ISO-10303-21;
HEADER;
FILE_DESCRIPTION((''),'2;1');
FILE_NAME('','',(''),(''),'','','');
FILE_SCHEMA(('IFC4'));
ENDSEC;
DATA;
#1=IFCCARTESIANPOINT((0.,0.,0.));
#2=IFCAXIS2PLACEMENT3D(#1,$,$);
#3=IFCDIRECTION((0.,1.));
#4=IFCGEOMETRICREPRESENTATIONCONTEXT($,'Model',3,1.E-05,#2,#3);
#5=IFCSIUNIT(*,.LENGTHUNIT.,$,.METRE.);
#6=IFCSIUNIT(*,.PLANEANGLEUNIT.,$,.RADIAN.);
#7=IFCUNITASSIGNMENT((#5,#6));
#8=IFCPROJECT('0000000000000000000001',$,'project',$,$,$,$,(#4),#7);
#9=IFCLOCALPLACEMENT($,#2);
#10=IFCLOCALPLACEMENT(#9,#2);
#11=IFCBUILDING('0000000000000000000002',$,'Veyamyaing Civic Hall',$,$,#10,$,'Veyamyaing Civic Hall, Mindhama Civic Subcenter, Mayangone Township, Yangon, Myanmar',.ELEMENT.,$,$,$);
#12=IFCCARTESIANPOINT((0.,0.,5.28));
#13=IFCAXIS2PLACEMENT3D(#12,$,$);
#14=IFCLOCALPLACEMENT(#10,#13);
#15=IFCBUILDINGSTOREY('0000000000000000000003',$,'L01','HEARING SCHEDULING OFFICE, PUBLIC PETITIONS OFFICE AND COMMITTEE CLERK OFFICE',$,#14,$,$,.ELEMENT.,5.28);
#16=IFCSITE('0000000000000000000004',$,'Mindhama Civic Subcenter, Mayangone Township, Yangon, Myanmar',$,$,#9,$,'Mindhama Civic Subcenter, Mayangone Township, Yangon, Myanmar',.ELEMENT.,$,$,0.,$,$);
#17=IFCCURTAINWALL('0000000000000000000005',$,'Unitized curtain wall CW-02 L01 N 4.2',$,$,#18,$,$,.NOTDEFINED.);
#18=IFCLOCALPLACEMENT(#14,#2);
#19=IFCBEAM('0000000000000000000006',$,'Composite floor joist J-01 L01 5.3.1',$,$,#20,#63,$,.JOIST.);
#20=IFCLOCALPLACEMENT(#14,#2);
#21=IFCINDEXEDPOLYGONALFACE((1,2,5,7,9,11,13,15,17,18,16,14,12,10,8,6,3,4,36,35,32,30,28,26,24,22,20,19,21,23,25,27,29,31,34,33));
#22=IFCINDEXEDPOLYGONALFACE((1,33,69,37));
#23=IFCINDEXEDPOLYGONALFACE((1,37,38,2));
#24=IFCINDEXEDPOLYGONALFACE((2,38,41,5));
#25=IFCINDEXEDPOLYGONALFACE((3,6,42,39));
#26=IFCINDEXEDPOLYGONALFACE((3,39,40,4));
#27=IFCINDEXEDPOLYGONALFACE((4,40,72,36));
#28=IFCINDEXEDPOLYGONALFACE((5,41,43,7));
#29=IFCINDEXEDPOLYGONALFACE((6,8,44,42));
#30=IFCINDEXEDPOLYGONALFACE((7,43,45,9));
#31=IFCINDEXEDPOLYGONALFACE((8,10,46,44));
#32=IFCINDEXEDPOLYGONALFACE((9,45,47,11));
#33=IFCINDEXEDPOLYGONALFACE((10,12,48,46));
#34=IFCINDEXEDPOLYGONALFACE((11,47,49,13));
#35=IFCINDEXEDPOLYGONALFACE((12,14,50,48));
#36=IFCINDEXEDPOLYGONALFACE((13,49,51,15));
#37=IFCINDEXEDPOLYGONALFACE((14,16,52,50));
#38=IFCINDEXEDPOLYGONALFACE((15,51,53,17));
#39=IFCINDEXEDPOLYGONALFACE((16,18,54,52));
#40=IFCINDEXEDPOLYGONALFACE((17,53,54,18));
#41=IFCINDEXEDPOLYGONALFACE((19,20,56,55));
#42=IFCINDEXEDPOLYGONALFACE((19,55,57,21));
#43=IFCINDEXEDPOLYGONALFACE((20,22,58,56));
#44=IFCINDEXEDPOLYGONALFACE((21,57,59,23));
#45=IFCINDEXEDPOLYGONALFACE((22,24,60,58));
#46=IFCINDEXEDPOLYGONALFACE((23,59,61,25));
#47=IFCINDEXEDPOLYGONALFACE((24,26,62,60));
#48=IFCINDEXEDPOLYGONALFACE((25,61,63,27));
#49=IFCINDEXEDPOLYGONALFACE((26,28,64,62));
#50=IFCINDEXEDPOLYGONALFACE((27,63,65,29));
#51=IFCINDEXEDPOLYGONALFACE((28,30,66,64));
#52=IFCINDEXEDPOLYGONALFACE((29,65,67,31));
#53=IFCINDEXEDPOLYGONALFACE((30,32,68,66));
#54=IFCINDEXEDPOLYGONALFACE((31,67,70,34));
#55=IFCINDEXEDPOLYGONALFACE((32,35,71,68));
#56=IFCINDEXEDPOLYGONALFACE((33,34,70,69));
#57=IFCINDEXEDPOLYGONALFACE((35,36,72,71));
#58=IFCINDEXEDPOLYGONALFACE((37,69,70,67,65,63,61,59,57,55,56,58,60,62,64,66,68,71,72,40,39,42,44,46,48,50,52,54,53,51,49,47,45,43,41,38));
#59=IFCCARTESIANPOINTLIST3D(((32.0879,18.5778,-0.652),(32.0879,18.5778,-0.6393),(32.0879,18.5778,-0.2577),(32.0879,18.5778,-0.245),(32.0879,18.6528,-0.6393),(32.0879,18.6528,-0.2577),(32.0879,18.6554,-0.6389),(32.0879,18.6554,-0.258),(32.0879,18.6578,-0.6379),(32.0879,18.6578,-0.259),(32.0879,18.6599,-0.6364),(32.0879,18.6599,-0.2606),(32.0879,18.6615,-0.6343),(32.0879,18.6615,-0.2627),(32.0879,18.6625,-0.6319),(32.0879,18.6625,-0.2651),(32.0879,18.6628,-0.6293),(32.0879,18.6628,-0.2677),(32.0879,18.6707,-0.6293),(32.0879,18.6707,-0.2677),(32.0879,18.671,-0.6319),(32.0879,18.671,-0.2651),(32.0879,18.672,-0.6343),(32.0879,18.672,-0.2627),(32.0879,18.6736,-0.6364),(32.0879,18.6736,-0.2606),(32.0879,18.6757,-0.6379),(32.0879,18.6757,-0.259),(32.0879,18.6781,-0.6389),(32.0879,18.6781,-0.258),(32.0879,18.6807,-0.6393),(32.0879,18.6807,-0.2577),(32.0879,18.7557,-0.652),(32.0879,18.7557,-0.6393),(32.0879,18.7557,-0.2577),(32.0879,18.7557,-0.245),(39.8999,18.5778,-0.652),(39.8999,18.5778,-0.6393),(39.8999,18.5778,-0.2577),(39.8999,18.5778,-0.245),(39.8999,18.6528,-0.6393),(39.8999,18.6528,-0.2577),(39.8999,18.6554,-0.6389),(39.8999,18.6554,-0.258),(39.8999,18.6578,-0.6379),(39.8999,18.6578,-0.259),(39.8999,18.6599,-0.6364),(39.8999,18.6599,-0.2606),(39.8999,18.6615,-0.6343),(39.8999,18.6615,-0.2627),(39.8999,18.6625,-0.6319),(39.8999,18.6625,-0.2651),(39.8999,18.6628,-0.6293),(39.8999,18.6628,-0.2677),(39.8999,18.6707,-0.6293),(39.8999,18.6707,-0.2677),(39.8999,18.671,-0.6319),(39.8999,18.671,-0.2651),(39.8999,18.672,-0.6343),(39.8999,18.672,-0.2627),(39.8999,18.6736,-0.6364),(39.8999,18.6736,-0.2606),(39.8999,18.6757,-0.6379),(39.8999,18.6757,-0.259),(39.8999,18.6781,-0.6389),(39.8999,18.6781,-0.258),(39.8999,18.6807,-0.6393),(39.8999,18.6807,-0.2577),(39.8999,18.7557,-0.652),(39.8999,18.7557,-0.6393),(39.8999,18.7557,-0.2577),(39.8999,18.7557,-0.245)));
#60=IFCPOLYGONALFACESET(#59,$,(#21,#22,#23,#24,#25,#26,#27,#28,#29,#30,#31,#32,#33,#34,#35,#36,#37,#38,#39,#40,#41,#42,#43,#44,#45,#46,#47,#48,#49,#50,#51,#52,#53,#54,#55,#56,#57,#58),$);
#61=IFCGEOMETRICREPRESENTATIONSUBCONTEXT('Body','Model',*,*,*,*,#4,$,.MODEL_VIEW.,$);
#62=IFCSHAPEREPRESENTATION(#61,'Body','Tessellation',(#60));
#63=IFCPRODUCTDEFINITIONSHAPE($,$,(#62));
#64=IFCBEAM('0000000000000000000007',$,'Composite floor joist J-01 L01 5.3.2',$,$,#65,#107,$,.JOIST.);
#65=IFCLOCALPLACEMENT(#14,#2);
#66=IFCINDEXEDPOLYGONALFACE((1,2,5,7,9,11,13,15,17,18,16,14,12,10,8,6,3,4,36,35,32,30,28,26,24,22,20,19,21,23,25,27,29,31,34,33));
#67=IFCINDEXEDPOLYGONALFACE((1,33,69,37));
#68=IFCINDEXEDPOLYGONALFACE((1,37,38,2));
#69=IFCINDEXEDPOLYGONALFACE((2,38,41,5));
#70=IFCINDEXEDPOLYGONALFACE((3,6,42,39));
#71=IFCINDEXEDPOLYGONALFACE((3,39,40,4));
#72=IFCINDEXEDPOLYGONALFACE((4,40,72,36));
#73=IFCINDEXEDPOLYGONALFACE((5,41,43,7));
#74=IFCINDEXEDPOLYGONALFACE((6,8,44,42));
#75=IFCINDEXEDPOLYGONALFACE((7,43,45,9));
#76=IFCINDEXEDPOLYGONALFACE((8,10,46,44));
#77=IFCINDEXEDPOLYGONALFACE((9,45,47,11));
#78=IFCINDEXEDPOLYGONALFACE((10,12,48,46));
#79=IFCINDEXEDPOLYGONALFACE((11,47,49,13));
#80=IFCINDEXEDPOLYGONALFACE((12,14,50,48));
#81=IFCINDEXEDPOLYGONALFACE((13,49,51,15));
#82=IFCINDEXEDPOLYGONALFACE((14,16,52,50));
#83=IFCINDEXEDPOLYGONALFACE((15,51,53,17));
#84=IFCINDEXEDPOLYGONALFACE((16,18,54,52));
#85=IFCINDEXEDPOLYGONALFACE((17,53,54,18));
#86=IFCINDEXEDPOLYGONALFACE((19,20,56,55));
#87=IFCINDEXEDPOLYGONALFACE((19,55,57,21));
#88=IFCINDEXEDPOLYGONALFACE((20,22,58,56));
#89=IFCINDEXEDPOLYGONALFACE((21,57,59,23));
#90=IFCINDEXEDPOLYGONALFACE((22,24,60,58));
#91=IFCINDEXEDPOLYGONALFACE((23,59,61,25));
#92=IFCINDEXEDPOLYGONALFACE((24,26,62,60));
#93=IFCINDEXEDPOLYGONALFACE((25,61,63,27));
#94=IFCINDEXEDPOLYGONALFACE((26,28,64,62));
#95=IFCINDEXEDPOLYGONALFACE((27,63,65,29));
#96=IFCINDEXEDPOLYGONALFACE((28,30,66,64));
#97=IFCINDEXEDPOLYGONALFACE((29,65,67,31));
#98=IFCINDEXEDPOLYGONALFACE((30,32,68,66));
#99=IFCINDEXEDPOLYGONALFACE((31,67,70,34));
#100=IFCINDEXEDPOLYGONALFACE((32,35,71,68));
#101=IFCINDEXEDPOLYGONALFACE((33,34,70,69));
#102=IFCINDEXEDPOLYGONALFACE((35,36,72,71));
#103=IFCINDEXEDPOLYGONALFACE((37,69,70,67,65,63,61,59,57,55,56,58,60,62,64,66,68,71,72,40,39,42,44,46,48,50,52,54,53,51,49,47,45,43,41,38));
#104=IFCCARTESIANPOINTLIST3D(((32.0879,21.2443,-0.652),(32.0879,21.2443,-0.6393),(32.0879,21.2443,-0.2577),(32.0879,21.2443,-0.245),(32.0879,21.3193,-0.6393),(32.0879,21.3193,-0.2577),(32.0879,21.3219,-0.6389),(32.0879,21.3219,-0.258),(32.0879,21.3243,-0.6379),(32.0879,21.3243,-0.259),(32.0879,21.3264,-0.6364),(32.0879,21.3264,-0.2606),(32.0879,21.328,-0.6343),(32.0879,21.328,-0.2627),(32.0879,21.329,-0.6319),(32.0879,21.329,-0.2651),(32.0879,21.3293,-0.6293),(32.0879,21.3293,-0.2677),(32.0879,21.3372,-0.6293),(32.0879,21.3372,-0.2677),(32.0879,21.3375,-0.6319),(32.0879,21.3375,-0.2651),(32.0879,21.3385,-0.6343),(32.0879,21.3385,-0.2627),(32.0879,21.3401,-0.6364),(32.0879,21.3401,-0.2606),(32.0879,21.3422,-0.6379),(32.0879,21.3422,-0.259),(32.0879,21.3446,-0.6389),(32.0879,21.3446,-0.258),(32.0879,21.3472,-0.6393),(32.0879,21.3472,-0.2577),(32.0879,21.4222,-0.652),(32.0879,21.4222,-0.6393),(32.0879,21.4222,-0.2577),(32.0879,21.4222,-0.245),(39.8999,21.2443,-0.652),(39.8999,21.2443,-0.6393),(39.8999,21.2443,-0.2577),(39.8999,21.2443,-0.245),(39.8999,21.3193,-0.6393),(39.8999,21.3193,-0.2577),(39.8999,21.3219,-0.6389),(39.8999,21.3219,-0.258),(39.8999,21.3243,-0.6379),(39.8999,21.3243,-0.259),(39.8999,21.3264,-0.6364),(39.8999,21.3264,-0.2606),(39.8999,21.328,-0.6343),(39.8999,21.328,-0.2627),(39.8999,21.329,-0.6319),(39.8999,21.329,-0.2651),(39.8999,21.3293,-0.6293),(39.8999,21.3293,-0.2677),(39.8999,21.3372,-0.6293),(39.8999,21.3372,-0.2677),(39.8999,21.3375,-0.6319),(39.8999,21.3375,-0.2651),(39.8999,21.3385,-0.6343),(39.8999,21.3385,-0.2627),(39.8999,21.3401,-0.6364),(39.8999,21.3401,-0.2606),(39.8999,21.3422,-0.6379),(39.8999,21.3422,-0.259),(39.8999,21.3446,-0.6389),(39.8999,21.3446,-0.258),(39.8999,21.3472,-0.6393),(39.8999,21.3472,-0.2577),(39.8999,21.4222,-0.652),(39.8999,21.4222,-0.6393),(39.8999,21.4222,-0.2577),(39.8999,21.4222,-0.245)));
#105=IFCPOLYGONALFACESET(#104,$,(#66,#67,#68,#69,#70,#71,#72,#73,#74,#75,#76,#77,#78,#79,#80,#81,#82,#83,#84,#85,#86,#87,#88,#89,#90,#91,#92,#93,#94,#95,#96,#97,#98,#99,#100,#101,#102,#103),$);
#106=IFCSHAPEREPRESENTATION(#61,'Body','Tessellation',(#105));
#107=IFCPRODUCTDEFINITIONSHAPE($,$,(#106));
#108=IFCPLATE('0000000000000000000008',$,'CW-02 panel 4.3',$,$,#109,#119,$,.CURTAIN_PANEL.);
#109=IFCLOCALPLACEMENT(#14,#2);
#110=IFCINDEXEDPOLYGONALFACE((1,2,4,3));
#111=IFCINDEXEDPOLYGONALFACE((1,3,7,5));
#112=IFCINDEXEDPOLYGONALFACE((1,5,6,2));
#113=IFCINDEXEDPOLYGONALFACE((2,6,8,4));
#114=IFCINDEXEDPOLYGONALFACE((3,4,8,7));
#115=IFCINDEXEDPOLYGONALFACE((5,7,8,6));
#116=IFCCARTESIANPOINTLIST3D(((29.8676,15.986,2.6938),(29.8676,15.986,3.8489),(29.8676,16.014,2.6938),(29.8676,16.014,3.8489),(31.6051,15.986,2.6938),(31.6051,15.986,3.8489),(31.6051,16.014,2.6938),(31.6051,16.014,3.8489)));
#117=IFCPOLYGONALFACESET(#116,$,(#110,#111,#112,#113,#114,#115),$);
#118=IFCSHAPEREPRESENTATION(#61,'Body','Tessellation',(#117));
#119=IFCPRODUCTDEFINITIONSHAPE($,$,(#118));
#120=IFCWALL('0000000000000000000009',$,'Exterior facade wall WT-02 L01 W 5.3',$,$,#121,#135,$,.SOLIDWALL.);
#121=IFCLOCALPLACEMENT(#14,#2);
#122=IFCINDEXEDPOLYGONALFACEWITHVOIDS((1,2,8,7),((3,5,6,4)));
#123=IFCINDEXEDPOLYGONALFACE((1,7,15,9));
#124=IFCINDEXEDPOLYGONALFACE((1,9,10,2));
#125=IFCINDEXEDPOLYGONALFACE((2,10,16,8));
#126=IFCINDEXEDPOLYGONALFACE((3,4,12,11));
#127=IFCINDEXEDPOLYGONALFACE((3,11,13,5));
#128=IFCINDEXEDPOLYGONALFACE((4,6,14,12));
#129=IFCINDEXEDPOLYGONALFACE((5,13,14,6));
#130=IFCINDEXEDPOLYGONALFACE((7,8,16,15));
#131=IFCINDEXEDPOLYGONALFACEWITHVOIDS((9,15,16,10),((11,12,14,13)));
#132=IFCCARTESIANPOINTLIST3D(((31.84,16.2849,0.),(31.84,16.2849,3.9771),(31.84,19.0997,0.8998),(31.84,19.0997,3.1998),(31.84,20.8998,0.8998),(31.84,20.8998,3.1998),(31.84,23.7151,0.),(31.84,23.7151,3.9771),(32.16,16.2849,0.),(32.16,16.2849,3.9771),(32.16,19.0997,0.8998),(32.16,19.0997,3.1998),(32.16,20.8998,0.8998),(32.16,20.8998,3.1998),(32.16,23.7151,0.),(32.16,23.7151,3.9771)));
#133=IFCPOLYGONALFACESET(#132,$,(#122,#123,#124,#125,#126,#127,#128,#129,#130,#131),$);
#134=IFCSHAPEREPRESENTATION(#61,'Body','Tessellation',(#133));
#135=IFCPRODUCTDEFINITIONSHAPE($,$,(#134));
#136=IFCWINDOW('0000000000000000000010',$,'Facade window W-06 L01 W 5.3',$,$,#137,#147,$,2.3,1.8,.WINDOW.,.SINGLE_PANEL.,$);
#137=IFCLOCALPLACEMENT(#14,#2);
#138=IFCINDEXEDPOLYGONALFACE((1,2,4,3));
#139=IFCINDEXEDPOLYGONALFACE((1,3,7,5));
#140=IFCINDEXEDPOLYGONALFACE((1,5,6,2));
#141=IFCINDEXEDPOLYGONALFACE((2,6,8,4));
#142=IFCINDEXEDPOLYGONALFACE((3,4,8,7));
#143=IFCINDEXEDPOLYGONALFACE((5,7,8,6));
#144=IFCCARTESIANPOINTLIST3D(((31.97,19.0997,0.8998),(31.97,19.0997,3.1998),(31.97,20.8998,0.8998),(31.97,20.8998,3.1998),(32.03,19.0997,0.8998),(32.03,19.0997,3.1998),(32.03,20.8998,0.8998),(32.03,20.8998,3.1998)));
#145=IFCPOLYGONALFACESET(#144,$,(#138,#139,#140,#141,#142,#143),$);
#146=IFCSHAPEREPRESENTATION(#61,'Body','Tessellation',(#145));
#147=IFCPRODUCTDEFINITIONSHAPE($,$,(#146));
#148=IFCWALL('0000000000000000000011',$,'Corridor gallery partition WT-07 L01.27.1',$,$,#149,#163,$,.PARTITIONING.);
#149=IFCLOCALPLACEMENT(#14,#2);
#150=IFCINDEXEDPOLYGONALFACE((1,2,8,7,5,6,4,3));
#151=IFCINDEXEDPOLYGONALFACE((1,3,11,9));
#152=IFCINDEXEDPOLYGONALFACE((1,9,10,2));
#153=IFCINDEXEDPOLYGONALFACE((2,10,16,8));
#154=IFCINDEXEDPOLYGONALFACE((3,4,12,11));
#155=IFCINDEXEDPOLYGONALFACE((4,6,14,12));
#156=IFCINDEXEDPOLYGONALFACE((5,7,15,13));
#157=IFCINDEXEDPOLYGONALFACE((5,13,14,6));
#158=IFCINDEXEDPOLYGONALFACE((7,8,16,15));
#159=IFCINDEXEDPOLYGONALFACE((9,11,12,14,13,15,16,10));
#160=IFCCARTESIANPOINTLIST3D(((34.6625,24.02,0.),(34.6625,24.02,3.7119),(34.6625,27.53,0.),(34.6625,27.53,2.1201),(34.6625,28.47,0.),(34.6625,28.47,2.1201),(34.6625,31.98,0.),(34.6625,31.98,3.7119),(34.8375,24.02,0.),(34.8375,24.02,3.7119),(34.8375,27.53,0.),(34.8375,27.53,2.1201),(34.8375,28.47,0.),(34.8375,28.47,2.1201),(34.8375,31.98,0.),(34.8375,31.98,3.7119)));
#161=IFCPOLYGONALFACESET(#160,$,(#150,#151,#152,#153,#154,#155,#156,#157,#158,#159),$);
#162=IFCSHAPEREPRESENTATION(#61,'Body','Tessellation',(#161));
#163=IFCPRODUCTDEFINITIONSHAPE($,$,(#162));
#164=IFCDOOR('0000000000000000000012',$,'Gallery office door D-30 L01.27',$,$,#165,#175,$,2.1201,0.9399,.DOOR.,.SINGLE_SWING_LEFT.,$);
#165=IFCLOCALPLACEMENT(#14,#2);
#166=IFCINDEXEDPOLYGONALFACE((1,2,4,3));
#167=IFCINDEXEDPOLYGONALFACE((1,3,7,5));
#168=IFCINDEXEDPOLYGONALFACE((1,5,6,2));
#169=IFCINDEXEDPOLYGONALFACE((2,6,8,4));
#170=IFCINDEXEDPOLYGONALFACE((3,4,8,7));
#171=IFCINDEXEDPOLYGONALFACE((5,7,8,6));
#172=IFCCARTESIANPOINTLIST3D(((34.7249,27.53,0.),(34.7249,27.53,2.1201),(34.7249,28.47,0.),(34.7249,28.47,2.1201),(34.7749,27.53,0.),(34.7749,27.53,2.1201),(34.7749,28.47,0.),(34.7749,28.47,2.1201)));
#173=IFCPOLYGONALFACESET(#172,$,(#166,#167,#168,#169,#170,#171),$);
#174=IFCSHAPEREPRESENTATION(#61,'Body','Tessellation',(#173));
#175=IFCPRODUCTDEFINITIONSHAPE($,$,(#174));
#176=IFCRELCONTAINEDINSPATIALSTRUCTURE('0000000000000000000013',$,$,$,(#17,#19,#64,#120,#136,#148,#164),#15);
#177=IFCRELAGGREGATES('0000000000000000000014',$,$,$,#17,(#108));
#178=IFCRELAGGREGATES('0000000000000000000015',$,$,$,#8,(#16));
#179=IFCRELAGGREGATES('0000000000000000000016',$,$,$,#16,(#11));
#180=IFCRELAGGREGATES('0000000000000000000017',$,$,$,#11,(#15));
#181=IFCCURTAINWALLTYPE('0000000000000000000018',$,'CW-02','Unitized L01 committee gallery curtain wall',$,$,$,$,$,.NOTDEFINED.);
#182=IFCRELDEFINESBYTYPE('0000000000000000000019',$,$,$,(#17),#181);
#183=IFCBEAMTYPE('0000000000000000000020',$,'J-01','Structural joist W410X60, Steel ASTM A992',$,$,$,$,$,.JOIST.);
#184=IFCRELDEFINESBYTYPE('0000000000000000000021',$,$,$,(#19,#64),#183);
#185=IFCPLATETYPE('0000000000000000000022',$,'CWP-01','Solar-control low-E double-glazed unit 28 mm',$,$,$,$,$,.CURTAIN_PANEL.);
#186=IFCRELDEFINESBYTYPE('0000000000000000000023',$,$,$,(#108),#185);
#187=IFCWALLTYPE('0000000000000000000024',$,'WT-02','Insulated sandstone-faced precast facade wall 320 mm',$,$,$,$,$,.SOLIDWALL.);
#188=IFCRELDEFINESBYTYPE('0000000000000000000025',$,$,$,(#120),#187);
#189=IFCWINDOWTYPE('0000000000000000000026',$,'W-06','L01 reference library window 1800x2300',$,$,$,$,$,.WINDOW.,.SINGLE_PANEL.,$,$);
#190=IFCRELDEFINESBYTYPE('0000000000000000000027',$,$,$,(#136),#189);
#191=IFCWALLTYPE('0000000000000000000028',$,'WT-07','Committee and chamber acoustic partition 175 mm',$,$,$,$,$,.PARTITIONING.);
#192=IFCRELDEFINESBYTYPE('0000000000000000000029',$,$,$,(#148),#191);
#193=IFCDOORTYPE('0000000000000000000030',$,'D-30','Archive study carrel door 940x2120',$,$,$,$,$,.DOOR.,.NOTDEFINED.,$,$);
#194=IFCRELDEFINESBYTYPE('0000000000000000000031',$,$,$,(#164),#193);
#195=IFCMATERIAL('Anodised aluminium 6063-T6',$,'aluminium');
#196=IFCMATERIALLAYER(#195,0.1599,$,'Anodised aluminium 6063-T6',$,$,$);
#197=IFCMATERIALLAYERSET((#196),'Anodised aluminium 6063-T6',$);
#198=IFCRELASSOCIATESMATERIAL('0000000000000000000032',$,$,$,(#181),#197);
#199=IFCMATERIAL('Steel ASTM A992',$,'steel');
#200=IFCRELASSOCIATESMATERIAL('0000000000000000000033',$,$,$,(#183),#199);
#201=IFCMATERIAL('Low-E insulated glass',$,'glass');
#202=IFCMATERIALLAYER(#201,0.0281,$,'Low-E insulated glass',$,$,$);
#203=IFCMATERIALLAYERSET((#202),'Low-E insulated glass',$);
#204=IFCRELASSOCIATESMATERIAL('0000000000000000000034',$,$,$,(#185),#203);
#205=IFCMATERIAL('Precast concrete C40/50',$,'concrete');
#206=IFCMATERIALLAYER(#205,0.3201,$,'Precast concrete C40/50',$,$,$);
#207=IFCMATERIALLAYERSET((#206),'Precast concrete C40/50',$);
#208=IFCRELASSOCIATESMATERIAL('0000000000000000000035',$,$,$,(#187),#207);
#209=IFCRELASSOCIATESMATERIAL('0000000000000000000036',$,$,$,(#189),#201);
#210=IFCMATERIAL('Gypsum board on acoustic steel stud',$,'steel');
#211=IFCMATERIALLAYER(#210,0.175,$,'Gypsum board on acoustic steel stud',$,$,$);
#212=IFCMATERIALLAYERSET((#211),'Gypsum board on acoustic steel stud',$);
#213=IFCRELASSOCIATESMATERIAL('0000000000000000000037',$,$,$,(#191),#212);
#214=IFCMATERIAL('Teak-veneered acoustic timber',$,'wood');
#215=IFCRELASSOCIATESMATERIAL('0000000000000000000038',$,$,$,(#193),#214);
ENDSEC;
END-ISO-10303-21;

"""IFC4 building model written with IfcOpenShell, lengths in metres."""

from ifc_helpers import new_model, si_unit, direction, frame, frame_2d, origin, origin_2d, place, context, subcontext, project, spatial, rectangle, i_section, extrude, material, layer, layer_set, material_profile, profile_set, type_object, element, fill, aggregate, save


model = new_model("IFC4")

# Units and contexts
model_context = context("Model", 3, precision=1e-05, world=origin(), true_north=direction((0.0, 1.0)))
body_context = subcontext(model_context, "Body", "Model", "MODEL_VIEW")
ifc_project = project(units=[si_unit("LENGTHUNIT", "METRE"), si_unit("PLANEANGLEUNIT", "RADIAN")], contexts=[model_context])

# Site, building, storey
site_placement = place(None, origin())
site = spatial("IfcSite", under=ifc_project, at=site_placement, Name="Mindhama Civic Subcenter, Mayangone Township, Yangon, Myanmar", LongName="Mindhama Civic Subcenter, Mayangone Township, Yangon, Myanmar", CompositionType="ELEMENT", RefElevation=0.0)
building_placement = place(site_placement, origin())
building = spatial("IfcBuilding", under=site, at=building_placement, Name="Veyamyaing Civic Hall", LongName="Veyamyaing Civic Hall, Mindhama Civic Subcenter, Mayangone Township, Yangon, Myanmar", CompositionType="ELEMENT")
storey_placement = place(building_placement, frame((0.0, 0.0, 5.28)))
storey = spatial("IfcBuildingStorey", under=building, at=storey_placement, Name="L01", Description="HEARING SCHEDULING OFFICE, PUBLIC PETITIONS OFFICE AND COMMITTEE CLERK OFFICE", CompositionType="ELEMENT", Elevation=5.28)

# Shared definitions
ifc_material_1 = material(Name="Steel ASTM A992", Category="steel")

# Curtain wall
ifc_material_2 = material(Name="Anodised aluminium 6063-T6", Category="aluminium")
ifc_layer_1 = layer(ifc_material_2, 0.1599, Name="Anodised aluminium 6063-T6")
ifc_layer_set_1 = layer_set([ifc_layer_1], Name="Anodised aluminium 6063-T6")
curtain_wall_type = type_object("IfcCurtainWallType", Name="CW-02", Description="Unitized L01 committee gallery curtain wall", PredefinedType="NOTDEFINED", material=ifc_layer_set_1)
curtain_wall_placement = place(storey_placement, origin())
curtain_wall = element("IfcCurtainWall", 1, at=curtain_wall_placement, inside=storey, type_object=curtain_wall_type, Name="Unitized curtain wall CW-02 L01 N 4.2", PredefinedType="NOTDEFINED")

# Beams
ifc_material_profile_1 = material_profile(ifc_material_1, i_section(OverallWidth=0.178, OverallDepth=0.407, WebThickness=0.0078, FlangeThickness=0.0127, FilletRadius=0.01, at=origin_2d()), Name="W410X60")
ifc_profile_set_1 = profile_set([ifc_material_profile_1], Name="Steel ASTM A992")
beam_type_1 = type_object("IfcBeamType", Name="J-01", Description="Structural joist W410X60, Steel ASTM A992", PredefinedType="JOIST", material=ifc_profile_set_1)
for number, where, z_axis, x_axis, name in (
    (2, (32.0879, 18.6667, -0.4485), (1.0, 0.0, 0.0), (0.0, 1.0, 0.0), "Composite floor joist J-01 L01 5.3.1"),
    (3, (32.0879, 21.3333, -0.4485), (1.0, 0.0, 0.0), (0.0, 1.0, 0.0), "Composite floor joist J-01 L01 5.3.2"),
):
    element("IfcBeam", number, at=place(storey_placement, frame(where, z_axis=z_axis, x_axis=x_axis)), inside=storey, type_object=beam_type_1, Name=name, PredefinedType="JOIST", context=body_context, shape_type="SweptSolid", body=[
        extrude(i_section(OverallWidth=0.178, OverallDepth=0.407, WebThickness=0.0078, FlangeThickness=0.0127, FilletRadius=0.01, at=origin_2d()), origin(), (0.0, 0.0, 1.0), 7.812),
    ])

# Plate
ifc_material_3 = material(Name="Low-E insulated glass", Category="glass")
ifc_layer_2 = layer(ifc_material_3, 0.0281, Name="Low-E insulated glass")
ifc_layer_set_2 = layer_set([ifc_layer_2], Name="Low-E insulated glass")
plate_type = type_object("IfcPlateType", Name="CWP-01", Description="Solar-control low-E double-glazed unit 28 mm", PredefinedType="CURTAIN_PANEL", material=ifc_layer_set_2)
plate_placement = place(storey_placement, frame((30.7363, 16.0, 2.6938), z_axis=(0.0, 0.0, 1.0), x_axis=(1.0, 0.0, 0.0)))
plate = element("IfcPlate", 4, at=plate_placement, type_object=plate_type, Name="CW-02 panel 4.3", PredefinedType="CURTAIN_PANEL", context=body_context, shape_type="SweptSolid", body=[
    extrude(rectangle(XDim=1.7375, YDim=0.0281, at=origin_2d()), origin(), (0.0, 0.0, 1.0), 1.155),
])
aggregate(curtain_wall, [plate])

# Wall, opening, window
ifc_material_4 = material(Name="Precast concrete C40/50", Category="concrete")
ifc_layer_3 = layer(ifc_material_4, 0.3201, Name="Precast concrete C40/50")
ifc_layer_set_3 = layer_set([ifc_layer_3], Name="Precast concrete C40/50")
wall_type_1 = type_object("IfcWallType", Name="WT-02", Description="Insulated sandstone-faced precast facade wall 320 mm", PredefinedType="SOLIDWALL", material=ifc_layer_set_3)
wall_1_placement = place(storey_placement, frame((32.0, 16.2849, 0.0), z_axis=(0.0, 0.0, 1.0), x_axis=(0.0, 1.0, 0.0)))
wall_1 = element("IfcWall", 5, at=wall_1_placement, inside=storey, type_object=wall_type_1, Name="Exterior facade wall WT-02 L01 W 5.3", PredefinedType="SOLIDWALL", context=body_context, shape_type="SweptSolid", body=[
    extrude(rectangle(XDim=7.4302, YDim=0.3201, at=frame_2d((3.7151, 0.0))), origin(), (0.0, 0.0, 1.0), 3.9771),
])
opening_1_placement = place(wall_1_placement, frame((2.8149, 0.0, 0.8999)))
opening_1 = element("IfcOpeningElement", 6, at=opening_1_placement, cuts=wall_1, PredefinedType="OPENING", context=body_context, shape_type="SweptSolid", body=[
    extrude(rectangle(XDim=1.8, YDim=2.3, at=frame_2d((0.8999, 1.1499))), frame((0.0, 0.1699, 0.0), z_axis=(0.0, -1.0, 0.0), x_axis=(1.0, 0.0, 0.0)), (0.0, 0.0, 1.0), 0.3401),
])
window_type = type_object("IfcWindowType", Name="W-06", Description="L01 reference library window 1800x2300", PartitioningType="SINGLE_PANEL", PredefinedType="WINDOW", material=ifc_material_3)
window_placement = place(opening_1_placement, origin())
window = element("IfcWindow", 7, at=window_placement, inside=storey, type_object=window_type, Name="Facade window W-06 L01 W 5.3", OverallHeight=2.3, OverallWidth=1.8, PartitioningType="SINGLE_PANEL", PredefinedType="WINDOW", context=body_context, shape_type="SweptSolid", body=[
    extrude(rectangle(XDim=1.8, YDim=2.3, at=frame_2d((0.8999, 1.1499))), frame((0.0, 0.03, 0.0), z_axis=(0.0, -1.0, 0.0), x_axis=(1.0, 0.0, 0.0)), (0.0, 0.0, 1.0), 0.0601),
])
fill(opening_1, window)

# Wall, opening, door
ifc_material_5 = material(Name="Gypsum board on acoustic steel stud", Category="steel")
ifc_layer_4 = layer(ifc_material_5, 0.175, Name="Gypsum board on acoustic steel stud")
ifc_layer_set_4 = layer_set([ifc_layer_4], Name="Gypsum board on acoustic steel stud")
wall_type_2 = type_object("IfcWallType", Name="WT-07", Description="Committee and chamber acoustic partition 175 mm", PredefinedType="PARTITIONING", material=ifc_layer_set_4)
wall_2_placement = place(storey_placement, frame((34.75, 24.02, 0.0), z_axis=(0.0, 0.0, 1.0), x_axis=(0.0, 1.0, 0.0)))
wall_2 = element("IfcWall", 8, at=wall_2_placement, inside=storey, type_object=wall_type_2, Name="Corridor gallery partition WT-07 L01.27.1", PredefinedType="PARTITIONING", context=body_context, shape_type="SweptSolid", body=[
    extrude(rectangle(XDim=7.96, YDim=0.175, at=frame_2d((3.98, 0.0))), origin(), (0.0, 0.0, 1.0), 3.7119),
])
opening_2_placement = place(wall_2_placement, frame((3.51, 0.0, 0.0)))
opening_2 = element("IfcOpeningElement", 9, at=opening_2_placement, cuts=wall_2, PredefinedType="OPENING", context=body_context, shape_type="SweptSolid", body=[
    extrude(rectangle(XDim=0.9399, YDim=2.1201, at=frame_2d((0.47, 1.0601))), frame((0.0, 0.0974, 0.0), z_axis=(0.0, -1.0, 0.0), x_axis=(1.0, 0.0, 0.0)), (0.0, 0.0, 1.0), 0.1951),
])
ifc_material_6 = material(Name="Teak-veneered acoustic timber", Category="wood")
door_type_1 = type_object("IfcDoorType", Name="D-30", Description="Archive study carrel door 940x2120", OperationType="NOTDEFINED", PredefinedType="DOOR", material=ifc_material_6)
door_1_placement = place(opening_2_placement, frame((0.9399, 0.0, 0.0), z_axis=(0.0, 0.0, 1.0), x_axis=(-1.0, 0.0, 0.0)))
door_1 = element("IfcDoor", 10, at=door_1_placement, inside=storey, type_object=door_type_1, Name="Gallery office door D-30 L01.27", OperationType="SINGLE_SWING_LEFT", OverallHeight=2.1201, OverallWidth=0.9399, PredefinedType="DOOR", context=body_context, shape_type="SweptSolid", body=[
    extrude(rectangle(XDim=0.9399, YDim=2.1201, at=frame_2d((0.47, 1.0601))), frame((0.0, 0.0249, 0.0), z_axis=(0.0, -1.0, 0.0), x_axis=(1.0, 0.0, 0.0)), (0.0, 0.0, 1.0), 0.05),
])
fill(opening_2, door_1)

save(model, "model.ifc")
